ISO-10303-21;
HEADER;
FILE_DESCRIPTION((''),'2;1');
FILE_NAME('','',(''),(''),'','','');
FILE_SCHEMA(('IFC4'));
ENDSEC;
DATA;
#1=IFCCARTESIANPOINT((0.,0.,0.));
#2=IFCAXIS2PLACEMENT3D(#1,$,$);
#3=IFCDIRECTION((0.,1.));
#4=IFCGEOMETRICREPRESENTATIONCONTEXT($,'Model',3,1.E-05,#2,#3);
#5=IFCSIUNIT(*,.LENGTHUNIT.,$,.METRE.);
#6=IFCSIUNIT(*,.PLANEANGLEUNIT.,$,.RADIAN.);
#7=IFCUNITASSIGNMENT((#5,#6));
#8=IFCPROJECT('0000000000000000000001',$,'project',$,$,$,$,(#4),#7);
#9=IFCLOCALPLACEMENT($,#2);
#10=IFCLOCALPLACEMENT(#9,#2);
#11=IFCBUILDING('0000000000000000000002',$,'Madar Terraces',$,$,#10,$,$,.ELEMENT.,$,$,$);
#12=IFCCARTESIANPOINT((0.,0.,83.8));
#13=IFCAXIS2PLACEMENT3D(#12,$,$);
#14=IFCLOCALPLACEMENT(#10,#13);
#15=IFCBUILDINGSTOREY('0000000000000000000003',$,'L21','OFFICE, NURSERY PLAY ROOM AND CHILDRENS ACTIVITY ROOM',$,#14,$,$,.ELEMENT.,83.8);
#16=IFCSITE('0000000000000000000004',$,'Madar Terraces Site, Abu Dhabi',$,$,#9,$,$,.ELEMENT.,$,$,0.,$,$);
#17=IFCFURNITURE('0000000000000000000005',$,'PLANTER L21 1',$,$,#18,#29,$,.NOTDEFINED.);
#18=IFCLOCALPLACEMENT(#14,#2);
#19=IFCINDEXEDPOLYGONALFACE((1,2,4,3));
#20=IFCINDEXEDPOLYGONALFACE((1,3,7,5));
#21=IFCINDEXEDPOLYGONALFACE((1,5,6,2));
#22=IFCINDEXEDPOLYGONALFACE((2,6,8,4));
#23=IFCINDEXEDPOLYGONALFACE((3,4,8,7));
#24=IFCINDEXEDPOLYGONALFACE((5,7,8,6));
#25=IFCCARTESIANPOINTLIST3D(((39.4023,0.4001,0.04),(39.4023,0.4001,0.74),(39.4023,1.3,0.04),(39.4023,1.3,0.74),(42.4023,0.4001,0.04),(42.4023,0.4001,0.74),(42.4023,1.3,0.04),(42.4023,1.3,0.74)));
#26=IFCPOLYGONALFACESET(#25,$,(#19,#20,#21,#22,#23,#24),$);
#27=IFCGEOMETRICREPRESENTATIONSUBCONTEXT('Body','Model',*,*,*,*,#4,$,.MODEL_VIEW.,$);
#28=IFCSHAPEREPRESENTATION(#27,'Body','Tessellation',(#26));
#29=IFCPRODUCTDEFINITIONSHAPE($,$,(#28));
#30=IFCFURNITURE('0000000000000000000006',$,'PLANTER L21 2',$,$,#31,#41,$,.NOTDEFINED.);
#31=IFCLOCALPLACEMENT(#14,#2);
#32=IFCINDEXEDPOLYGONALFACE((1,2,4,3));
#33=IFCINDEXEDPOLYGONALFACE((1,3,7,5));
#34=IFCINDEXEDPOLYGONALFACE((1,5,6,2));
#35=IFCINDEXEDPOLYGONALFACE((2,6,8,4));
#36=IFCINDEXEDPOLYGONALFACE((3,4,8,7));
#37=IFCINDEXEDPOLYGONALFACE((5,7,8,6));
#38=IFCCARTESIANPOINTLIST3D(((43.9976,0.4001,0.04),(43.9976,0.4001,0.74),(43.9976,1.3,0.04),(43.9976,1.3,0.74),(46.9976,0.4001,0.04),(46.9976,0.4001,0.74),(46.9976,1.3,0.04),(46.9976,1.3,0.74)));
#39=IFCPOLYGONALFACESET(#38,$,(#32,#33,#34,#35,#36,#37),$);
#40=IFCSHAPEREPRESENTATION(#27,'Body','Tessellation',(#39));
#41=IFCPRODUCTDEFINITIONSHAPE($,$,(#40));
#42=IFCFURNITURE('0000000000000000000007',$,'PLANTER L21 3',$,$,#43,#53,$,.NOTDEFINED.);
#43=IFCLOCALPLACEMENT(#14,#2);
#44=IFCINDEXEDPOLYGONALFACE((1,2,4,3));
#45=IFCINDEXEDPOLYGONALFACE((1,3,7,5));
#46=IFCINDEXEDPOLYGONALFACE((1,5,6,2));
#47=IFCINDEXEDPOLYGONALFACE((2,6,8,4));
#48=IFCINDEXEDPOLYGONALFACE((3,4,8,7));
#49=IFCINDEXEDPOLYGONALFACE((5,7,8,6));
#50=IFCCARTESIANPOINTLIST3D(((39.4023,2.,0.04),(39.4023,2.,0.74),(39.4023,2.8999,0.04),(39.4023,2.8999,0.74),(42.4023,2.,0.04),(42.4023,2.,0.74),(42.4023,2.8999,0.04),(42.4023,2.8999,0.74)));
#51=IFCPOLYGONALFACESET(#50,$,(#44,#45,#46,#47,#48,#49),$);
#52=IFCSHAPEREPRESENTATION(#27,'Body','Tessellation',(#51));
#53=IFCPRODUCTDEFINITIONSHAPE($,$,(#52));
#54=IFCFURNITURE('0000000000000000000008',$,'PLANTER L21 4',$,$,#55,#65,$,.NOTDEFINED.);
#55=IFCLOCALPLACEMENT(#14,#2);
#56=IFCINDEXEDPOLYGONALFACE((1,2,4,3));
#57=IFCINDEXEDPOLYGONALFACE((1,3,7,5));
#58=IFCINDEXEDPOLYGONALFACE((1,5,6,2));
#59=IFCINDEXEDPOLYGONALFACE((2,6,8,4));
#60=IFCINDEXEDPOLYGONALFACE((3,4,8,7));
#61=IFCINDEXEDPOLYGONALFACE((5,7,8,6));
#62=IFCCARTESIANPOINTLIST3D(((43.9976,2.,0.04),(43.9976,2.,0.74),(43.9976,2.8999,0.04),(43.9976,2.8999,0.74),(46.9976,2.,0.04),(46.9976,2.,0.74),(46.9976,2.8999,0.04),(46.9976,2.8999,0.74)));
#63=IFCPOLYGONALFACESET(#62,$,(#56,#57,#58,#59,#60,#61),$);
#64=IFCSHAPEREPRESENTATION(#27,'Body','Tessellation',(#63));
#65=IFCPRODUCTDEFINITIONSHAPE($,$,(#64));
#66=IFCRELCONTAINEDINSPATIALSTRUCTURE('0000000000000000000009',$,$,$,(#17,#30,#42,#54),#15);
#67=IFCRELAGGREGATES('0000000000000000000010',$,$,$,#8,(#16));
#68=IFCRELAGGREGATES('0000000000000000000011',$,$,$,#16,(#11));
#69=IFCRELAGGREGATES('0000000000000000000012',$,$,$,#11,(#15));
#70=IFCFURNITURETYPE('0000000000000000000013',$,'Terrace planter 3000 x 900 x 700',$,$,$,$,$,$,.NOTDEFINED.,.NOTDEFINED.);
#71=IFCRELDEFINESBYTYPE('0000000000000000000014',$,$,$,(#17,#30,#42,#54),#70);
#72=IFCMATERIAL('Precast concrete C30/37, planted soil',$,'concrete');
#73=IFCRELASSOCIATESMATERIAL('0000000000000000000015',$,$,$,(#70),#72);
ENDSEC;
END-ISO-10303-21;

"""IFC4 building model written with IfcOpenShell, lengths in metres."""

from ifc_helpers import new_model, si_unit, direction, frame, origin, origin_2d, place, context, subcontext, project, spatial, rectangle, extrude, material, type_object, element, save


model = new_model("IFC4")

# Units and contexts
model_context = context("Model", 3, precision=1e-05, world=origin(), true_north=direction((0.0, 1.0)))
body_context = subcontext(model_context, "Body", "Model", "MODEL_VIEW")
ifc_project = project(units=[si_unit("LENGTHUNIT", "METRE"), si_unit("PLANEANGLEUNIT", "RADIAN")], contexts=[model_context])

# Site, building, storey
site_placement = place(None, origin())
site = spatial("IfcSite", under=ifc_project, at=site_placement, Name="Madar Terraces Site, Abu Dhabi", CompositionType="ELEMENT", RefElevation=0.0)
building_placement = place(site_placement, origin())
building = spatial("IfcBuilding", under=site, at=building_placement, Name="Madar Terraces", CompositionType="ELEMENT")
storey_placement = place(building_placement, frame((0.0, 0.0, 83.8)))
storey = spatial("IfcBuildingStorey", under=building, at=storey_placement, Name="L21", Description="OFFICE, NURSERY PLAY ROOM AND CHILDRENS ACTIVITY ROOM", CompositionType="ELEMENT", Elevation=83.8)

# Furniture
ifc_material_1 = material(Name="Precast concrete C30/37, planted soil", Category="concrete")
furniture_type = type_object("IfcFurnitureType", Name="Terrace planter 3000 x 900 x 700", AssemblyPlace="NOTDEFINED", PredefinedType="NOTDEFINED", material=ifc_material_1)
for number, where, z_axis, x_axis, name in (
    (1, (40.9023, 0.8501, 0.04), (0.0, 0.0, 1.0), (1.0, 0.0, 0.0), "PLANTER L21 1"),
    (2, (45.4976, 0.8501, 0.04), (0.0, 0.0, 1.0), (1.0, 0.0, 0.0), "PLANTER L21 2"),
    (3, (40.9023, 2.45, 0.04), (0.0, 0.0, 1.0), (1.0, 0.0, 0.0), "PLANTER L21 3"),
    (4, (45.4976, 2.45, 0.04), (0.0, 0.0, 1.0), (1.0, 0.0, 0.0), "PLANTER L21 4"),
):
    element("IfcFurniture", number, at=place(storey_placement, frame(where, z_axis=z_axis, x_axis=x_axis)), inside=storey, type_object=furniture_type, Name=name, PredefinedType="NOTDEFINED", context=body_context, shape_type="SweptSolid", body=[
        extrude(rectangle(XDim=3.0, YDim=0.8999, at=origin_2d()), origin(), (0.0, 0.0, 1.0), 0.7),
    ])

save(model, "model.ifc")
